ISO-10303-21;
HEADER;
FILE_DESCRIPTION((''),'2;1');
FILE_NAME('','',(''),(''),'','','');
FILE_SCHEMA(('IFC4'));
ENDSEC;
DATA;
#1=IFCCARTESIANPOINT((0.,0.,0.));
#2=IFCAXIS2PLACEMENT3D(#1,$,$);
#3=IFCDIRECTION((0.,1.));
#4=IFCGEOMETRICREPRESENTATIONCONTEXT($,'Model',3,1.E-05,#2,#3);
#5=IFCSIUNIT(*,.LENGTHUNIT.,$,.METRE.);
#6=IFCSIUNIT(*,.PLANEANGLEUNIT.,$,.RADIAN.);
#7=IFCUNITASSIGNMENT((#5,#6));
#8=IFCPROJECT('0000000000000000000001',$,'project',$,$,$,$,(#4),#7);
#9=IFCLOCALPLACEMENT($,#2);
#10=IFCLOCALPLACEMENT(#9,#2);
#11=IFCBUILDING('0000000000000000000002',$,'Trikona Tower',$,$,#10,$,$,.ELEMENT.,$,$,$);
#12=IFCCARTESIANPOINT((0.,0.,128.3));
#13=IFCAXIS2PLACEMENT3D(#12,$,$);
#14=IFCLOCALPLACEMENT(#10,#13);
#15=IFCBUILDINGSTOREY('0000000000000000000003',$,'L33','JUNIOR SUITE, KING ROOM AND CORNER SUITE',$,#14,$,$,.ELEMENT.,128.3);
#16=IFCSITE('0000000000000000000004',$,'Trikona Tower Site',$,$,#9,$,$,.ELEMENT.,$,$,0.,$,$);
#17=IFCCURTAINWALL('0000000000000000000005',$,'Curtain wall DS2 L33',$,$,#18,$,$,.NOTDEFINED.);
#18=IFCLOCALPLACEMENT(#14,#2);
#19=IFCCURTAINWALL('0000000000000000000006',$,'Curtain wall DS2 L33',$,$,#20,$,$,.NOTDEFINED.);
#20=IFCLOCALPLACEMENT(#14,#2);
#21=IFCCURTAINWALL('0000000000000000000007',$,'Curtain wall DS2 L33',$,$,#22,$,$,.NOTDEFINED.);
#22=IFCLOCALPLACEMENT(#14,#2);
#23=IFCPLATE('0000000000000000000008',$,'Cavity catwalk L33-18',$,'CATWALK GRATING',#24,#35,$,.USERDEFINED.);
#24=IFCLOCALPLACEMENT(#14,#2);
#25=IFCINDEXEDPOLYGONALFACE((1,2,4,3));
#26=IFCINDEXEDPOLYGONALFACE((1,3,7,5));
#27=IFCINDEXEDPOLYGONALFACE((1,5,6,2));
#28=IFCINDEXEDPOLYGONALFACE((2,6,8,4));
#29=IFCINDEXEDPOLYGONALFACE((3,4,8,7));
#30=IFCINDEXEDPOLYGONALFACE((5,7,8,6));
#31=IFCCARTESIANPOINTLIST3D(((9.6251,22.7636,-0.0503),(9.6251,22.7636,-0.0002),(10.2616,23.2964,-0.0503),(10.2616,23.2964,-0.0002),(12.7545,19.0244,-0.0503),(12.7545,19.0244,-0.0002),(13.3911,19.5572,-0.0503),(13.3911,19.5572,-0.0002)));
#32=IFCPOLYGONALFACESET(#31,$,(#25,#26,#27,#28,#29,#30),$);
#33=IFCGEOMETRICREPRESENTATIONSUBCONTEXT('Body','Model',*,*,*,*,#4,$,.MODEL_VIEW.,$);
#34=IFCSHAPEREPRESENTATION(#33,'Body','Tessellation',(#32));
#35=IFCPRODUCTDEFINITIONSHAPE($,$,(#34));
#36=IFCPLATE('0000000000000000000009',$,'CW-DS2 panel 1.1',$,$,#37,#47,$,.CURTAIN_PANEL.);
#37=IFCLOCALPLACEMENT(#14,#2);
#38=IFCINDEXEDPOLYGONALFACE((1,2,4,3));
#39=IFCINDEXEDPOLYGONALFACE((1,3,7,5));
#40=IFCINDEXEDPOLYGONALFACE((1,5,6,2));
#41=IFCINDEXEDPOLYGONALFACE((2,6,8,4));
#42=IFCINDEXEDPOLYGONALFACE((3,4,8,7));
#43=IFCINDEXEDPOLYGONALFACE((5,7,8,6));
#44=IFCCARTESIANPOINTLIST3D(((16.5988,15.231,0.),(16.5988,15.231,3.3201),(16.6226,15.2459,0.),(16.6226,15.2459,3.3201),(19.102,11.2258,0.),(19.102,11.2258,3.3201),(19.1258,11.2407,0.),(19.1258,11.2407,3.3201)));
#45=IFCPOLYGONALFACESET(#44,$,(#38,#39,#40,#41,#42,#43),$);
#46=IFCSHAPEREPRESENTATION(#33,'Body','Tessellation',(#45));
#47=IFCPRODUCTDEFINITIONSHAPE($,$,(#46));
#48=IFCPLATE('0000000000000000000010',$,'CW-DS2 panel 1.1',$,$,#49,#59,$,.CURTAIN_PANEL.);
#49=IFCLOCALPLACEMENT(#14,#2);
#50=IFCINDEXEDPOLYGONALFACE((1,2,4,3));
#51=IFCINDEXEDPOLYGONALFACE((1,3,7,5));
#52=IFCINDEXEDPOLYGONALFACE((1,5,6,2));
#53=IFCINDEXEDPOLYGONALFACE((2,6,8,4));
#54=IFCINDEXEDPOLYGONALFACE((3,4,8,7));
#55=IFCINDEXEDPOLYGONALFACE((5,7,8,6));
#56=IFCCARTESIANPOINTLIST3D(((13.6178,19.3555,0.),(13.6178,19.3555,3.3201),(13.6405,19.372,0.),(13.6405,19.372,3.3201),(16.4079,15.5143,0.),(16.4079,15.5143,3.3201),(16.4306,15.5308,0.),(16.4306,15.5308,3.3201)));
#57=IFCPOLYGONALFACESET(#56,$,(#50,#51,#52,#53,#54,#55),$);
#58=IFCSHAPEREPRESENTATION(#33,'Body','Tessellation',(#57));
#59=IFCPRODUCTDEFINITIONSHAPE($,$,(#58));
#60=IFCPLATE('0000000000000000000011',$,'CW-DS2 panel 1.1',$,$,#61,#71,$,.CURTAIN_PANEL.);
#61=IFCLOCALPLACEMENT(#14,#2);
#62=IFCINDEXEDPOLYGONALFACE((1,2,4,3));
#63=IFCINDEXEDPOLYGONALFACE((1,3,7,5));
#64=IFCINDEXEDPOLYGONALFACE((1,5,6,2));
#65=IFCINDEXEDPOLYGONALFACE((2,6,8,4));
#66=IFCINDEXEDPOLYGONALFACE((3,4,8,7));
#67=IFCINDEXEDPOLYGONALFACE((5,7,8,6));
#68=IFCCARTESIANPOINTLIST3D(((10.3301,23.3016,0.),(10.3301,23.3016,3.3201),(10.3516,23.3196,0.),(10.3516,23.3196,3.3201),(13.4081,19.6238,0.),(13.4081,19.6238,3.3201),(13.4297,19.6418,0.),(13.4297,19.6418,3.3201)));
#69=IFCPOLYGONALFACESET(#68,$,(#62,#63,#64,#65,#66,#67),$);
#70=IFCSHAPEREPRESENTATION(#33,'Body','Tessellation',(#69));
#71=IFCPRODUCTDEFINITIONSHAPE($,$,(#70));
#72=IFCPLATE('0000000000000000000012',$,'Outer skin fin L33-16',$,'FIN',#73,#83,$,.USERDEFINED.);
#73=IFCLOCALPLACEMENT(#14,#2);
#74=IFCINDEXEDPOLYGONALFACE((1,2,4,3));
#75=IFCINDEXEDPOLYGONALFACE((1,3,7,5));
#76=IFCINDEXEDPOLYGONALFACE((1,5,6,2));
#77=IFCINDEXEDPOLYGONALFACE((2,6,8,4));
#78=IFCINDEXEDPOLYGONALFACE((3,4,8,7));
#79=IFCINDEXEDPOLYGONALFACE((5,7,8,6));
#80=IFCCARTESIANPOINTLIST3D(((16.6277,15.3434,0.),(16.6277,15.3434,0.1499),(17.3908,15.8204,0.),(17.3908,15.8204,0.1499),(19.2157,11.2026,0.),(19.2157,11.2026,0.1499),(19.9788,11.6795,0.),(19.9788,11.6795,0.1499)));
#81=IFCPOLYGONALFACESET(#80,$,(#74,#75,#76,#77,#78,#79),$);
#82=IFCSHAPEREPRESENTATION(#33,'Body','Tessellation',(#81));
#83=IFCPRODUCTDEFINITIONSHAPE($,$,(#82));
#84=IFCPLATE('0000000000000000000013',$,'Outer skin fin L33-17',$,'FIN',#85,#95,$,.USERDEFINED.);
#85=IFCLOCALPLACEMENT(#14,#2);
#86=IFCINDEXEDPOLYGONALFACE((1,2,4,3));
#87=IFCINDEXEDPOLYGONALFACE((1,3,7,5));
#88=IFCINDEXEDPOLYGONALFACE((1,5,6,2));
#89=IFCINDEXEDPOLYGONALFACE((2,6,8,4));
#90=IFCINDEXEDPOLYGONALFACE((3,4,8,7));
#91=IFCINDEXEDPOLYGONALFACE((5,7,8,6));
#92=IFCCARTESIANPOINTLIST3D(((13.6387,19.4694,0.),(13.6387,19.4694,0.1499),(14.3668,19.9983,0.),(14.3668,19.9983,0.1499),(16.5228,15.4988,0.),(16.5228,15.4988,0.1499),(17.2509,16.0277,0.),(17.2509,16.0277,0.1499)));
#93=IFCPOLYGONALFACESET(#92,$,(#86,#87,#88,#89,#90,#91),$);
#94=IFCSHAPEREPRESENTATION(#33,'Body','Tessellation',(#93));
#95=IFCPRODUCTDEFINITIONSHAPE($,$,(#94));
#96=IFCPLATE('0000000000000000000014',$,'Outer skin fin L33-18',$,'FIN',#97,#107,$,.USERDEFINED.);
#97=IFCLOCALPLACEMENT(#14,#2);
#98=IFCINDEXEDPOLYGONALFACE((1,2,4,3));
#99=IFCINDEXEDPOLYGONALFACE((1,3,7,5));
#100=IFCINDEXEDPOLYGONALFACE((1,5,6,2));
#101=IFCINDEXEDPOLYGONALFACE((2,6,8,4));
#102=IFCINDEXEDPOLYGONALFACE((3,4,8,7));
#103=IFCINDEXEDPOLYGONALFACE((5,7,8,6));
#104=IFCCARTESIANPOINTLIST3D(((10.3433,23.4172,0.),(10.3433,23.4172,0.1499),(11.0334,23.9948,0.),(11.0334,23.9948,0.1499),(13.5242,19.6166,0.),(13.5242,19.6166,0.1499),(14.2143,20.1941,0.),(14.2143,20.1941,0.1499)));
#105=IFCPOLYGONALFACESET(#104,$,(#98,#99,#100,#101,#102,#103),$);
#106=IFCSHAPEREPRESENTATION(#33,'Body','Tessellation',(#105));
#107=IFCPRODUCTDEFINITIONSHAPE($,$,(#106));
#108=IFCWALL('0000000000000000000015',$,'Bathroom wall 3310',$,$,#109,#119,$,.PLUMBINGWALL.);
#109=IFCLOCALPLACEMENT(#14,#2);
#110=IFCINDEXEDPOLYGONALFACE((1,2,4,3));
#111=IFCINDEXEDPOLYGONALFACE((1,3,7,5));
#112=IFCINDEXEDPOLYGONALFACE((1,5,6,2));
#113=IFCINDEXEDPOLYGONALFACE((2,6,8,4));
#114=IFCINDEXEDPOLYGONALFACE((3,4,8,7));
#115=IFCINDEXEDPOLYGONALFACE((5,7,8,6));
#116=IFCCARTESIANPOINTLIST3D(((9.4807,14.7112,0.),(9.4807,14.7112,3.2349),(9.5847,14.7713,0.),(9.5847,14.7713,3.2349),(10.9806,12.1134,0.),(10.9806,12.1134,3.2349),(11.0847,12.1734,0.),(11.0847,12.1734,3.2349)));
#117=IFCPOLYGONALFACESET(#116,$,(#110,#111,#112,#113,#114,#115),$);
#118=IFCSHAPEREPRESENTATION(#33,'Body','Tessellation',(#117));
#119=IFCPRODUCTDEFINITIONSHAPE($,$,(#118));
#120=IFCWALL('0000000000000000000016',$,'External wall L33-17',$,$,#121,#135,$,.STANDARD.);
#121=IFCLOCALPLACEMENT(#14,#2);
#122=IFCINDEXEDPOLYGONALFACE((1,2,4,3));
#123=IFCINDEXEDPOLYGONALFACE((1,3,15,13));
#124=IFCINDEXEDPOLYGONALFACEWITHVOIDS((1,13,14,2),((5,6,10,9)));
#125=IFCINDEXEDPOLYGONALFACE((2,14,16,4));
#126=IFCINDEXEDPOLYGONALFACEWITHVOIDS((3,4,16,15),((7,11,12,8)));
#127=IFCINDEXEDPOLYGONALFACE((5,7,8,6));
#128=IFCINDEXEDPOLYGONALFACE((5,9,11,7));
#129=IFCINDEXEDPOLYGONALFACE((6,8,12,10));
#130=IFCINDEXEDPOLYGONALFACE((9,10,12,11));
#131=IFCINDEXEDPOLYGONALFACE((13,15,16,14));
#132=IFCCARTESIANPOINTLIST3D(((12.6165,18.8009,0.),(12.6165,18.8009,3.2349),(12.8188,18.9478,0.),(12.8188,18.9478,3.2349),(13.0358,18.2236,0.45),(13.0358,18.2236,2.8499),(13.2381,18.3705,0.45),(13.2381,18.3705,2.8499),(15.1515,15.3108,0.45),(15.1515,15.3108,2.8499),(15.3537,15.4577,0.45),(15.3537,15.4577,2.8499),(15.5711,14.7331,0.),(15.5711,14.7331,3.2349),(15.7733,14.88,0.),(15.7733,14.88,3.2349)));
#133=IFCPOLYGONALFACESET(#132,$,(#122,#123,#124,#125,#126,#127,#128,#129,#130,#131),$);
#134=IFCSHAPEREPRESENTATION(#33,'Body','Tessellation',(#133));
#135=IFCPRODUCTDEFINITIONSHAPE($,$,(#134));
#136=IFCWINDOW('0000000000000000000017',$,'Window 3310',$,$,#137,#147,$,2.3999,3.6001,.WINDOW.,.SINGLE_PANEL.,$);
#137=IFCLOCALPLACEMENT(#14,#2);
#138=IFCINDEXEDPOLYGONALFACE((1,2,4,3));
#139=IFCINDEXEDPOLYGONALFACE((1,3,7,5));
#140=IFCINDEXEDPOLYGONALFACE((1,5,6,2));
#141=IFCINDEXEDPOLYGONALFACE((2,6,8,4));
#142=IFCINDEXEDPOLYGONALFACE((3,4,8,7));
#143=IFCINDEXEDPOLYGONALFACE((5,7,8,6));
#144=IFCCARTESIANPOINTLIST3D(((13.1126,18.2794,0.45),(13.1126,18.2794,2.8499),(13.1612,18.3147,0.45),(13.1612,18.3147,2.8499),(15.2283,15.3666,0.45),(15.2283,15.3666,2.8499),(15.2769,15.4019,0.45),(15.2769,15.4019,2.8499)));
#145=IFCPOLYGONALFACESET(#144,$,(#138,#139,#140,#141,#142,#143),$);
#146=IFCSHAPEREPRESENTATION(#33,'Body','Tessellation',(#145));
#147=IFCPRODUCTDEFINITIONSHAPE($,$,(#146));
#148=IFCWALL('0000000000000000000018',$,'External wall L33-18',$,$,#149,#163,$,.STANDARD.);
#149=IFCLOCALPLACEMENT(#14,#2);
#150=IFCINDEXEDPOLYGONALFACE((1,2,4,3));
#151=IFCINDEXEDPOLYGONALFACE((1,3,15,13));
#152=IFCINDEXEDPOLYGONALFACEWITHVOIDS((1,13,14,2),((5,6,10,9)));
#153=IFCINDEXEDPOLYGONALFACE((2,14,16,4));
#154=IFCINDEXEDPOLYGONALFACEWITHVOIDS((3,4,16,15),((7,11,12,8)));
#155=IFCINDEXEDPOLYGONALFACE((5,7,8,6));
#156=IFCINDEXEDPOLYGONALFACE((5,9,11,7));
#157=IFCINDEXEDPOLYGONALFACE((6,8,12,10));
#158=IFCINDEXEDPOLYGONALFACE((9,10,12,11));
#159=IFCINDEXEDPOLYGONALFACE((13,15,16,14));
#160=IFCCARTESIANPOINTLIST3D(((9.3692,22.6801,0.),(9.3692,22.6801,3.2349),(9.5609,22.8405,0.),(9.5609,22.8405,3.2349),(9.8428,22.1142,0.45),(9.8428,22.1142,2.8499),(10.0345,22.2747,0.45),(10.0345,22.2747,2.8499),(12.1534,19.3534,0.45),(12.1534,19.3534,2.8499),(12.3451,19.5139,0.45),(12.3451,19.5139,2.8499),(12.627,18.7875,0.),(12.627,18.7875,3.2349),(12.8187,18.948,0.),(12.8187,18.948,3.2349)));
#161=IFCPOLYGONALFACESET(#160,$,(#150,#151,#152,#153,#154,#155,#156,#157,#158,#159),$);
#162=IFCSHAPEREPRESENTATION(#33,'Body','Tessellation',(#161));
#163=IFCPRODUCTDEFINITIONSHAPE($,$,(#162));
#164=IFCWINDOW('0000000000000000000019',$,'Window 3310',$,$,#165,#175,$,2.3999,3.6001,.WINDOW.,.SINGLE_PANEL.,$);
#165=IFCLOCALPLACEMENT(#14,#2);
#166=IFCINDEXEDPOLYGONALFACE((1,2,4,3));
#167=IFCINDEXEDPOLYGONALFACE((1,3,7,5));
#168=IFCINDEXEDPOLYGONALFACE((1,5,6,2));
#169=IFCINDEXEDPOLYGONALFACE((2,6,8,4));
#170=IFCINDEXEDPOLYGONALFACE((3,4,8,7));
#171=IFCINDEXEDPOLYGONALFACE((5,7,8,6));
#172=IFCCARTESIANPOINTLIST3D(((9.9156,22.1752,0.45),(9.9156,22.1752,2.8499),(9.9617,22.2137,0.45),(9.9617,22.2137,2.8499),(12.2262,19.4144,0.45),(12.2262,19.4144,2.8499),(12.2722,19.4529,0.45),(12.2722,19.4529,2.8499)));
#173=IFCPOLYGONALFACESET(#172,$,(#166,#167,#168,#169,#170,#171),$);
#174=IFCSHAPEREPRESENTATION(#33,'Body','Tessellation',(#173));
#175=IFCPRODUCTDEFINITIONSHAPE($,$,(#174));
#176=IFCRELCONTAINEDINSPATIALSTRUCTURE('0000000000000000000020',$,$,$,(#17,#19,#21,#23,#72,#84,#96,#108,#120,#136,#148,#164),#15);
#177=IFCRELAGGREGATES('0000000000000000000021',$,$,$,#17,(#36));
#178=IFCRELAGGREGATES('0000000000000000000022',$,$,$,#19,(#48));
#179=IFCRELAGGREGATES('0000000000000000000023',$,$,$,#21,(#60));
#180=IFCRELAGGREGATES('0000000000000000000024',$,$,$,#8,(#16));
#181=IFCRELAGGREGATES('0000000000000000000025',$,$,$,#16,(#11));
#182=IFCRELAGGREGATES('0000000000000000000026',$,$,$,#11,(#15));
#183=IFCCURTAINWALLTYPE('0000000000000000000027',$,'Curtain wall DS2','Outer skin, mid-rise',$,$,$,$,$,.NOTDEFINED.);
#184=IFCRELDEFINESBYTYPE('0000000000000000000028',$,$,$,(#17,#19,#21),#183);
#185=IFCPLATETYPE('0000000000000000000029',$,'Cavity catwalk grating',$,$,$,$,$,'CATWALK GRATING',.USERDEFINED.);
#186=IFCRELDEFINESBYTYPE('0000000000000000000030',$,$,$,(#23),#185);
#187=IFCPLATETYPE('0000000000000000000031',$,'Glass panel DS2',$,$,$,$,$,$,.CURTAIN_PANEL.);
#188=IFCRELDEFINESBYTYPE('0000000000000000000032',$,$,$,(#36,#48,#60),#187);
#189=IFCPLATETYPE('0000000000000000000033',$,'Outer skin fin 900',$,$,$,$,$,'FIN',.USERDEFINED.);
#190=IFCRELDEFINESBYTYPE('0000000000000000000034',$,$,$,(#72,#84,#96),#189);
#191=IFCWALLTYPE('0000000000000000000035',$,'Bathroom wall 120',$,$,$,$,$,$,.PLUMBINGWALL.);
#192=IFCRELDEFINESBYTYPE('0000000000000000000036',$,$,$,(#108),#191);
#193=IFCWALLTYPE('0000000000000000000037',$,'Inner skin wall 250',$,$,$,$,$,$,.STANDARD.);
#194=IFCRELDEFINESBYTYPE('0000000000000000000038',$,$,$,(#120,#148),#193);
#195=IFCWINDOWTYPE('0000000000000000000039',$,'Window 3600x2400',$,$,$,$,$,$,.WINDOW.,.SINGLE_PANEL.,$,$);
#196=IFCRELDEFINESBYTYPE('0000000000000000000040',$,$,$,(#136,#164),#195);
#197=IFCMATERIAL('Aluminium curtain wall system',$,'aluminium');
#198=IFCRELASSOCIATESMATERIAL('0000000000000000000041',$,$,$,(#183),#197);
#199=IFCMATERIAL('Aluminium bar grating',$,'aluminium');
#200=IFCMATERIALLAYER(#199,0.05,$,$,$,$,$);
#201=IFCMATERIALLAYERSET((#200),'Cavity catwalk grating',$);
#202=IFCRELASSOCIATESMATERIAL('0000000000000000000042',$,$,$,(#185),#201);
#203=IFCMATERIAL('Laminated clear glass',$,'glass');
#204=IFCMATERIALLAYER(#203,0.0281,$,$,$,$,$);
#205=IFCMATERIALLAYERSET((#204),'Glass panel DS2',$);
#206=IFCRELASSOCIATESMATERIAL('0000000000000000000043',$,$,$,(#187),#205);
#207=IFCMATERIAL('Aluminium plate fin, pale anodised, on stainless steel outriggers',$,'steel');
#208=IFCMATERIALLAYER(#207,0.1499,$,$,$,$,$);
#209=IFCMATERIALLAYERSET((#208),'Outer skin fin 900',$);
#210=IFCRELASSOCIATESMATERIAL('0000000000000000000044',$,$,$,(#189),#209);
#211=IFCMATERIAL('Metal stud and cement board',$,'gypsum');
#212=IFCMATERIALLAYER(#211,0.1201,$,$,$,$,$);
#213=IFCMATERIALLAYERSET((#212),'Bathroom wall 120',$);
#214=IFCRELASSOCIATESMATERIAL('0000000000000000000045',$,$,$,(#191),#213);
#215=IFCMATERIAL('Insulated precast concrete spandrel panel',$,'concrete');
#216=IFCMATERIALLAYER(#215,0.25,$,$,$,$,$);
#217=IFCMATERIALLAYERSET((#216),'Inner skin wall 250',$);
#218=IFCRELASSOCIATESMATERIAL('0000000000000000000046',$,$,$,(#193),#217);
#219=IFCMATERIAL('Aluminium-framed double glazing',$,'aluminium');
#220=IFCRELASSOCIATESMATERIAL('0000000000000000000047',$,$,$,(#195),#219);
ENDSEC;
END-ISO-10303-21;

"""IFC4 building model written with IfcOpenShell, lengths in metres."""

from ifc_helpers import new_model, si_unit, direction, frame, frame_2d, origin, origin_2d, place, context, subcontext, project, spatial, rectangle, extrude, material, layer, layer_set, type_object, element, fill, aggregate, save


model = new_model("IFC4")

# Units and contexts
model_context = context("Model", 3, precision=1e-05, world=origin(), true_north=direction((0.0, 1.0)))
body_context = subcontext(model_context, "Body", "Model", "MODEL_VIEW")
ifc_project = project(units=[si_unit("LENGTHUNIT", "METRE"), si_unit("PLANEANGLEUNIT", "RADIAN")], contexts=[model_context])

# Site, building, storey
site_placement = place(None, origin())
site = spatial("IfcSite", under=ifc_project, at=site_placement, Name="Trikona Tower Site", CompositionType="ELEMENT", RefElevation=0.0)
building_placement = place(site_placement, origin())
building = spatial("IfcBuilding", under=site, at=building_placement, Name="Trikona Tower", CompositionType="ELEMENT")
storey_placement = place(building_placement, frame((0.0, 0.0, 128.3)))
storey = spatial("IfcBuildingStorey", under=building, at=storey_placement, Name="L33", Description="JUNIOR SUITE, KING ROOM AND CORNER SUITE", CompositionType="ELEMENT", Elevation=128.3)

# Curtain walls
ifc_material_1 = material(Name="Aluminium curtain wall system", Category="aluminium")
curtain_wall_type = type_object("IfcCurtainWallType", Name="Curtain wall DS2", Description="Outer skin, mid-rise", PredefinedType="NOTDEFINED", material=ifc_material_1)
curtain_wall_1_placement = place(storey_placement, origin())
curtain_wall_1 = element("IfcCurtainWall", 1, at=curtain_wall_1_placement, inside=storey, type_object=curtain_wall_type, Name="Curtain wall DS2 L33", PredefinedType="NOTDEFINED")
curtain_wall_2_placement = place(storey_placement, origin())
curtain_wall_2 = element("IfcCurtainWall", 2, at=curtain_wall_2_placement, inside=storey, type_object=curtain_wall_type, Name="Curtain wall DS2 L33", PredefinedType="NOTDEFINED")

# Curtain wall
curtain_wall_3_placement = place(storey_placement, origin())
curtain_wall_3 = element("IfcCurtainWall", 3, at=curtain_wall_3_placement, inside=storey, type_object=curtain_wall_type, Name="Curtain wall DS2 L33", PredefinedType="NOTDEFINED")

# Plate
ifc_material_2 = material(Name="Aluminium bar grating", Category="aluminium")
ifc_layer_1 = layer(ifc_material_2, 0.05)
ifc_layer_set_1 = layer_set([ifc_layer_1], Name="Cavity catwalk grating")
plate_type_1 = type_object("IfcPlateType", Name="Cavity catwalk grating", ElementType="CATWALK GRATING", PredefinedType="USERDEFINED", material=ifc_layer_set_1)
plate_1_placement = place(storey_placement, frame((11.5081, 21.1604, -0.0503), z_axis=(0.0, 0.0, 1.0), x_axis=(-0.641807, 0.766866, 0.0)))
element("IfcPlate", 4, at=plate_1_placement, inside=storey, type_object=plate_type_1, Name="Cavity catwalk L33-18", ObjectType="CATWALK GRATING", PredefinedType="USERDEFINED", context=body_context, shape_type="SweptSolid", body=[
    extrude(rectangle(XDim=4.876, YDim=0.8301, at=origin_2d()), origin(), (0.0, 0.0, 1.0), 0.05),
])

# Plates
ifc_material_3 = material(Name="Laminated clear glass", Category="glass")
ifc_layer_2 = layer(ifc_material_3, 0.0281)
ifc_layer_set_2 = layer_set([ifc_layer_2], Name="Glass panel DS2")
plate_type_2 = type_object("IfcPlateType", Name="Glass panel DS2", PredefinedType="CURTAIN_PANEL", material=ifc_layer_set_2)
plate_2_placement = place(storey_placement, frame((17.8623, 13.2358, 0.0), z_axis=(0.0, 0.0, 1.0), x_axis=(-0.529999, 0.847998, 0.0)))
plate_2 = element("IfcPlate", 5, at=plate_2_placement, type_object=plate_type_2, Name="CW-DS2 panel 1.1", PredefinedType="CURTAIN_PANEL", context=body_context, shape_type="SweptSolid", body=[
    extrude(rectangle(XDim=4.7231, YDim=0.0281, at=origin_2d()), origin(), (0.0, 0.0, 1.0), 3.3201),
])
aggregate(curtain_wall_1, [plate_2])
plate_3_placement = place(storey_placement, frame((15.0242, 17.4431, 0.0), z_axis=(0.0, 0.0, 1.0), x_axis=(-0.587691, 0.809086, 0.0)))
plate_3 = element("IfcPlate", 6, at=plate_3_placement, type_object=plate_type_2, Name="CW-DS2 panel 1.1", PredefinedType="CURTAIN_PANEL", context=body_context, shape_type="SweptSolid", body=[
    extrude(rectangle(XDim=4.7476, YDim=0.0281, at=origin_2d()), origin(), (0.0, 0.0, 1.0), 3.3201),
])
aggregate(curtain_wall_2, [plate_3])
plate_4_placement = place(storey_placement, frame((11.8799, 21.4717, 0.0), z_axis=(0.0, 0.0, 1.0), x_axis=(-0.641806, 0.766867, 0.0)))
plate_4 = element("IfcPlate", 7, at=plate_4_placement, type_object=plate_type_2, Name="CW-DS2 panel 1.1", PredefinedType="CURTAIN_PANEL", context=body_context, shape_type="SweptSolid", body=[
    extrude(rectangle(XDim=4.7959, YDim=0.0281, at=origin_2d()), origin(), (0.0, 0.0, 1.0), 3.3201),
])
aggregate(curtain_wall_3, [plate_4])

# Plates
ifc_material_4 = material(Name="Aluminium plate fin, pale anodised, on stainless steel outriggers", Category="steel")
ifc_layer_3 = layer(ifc_material_4, 0.1499)
ifc_layer_set_3 = layer_set([ifc_layer_3], Name="Outer skin fin 900")
plate_type_3 = type_object("IfcPlateType", Name="Outer skin fin 900", ElementType="FIN", PredefinedType="USERDEFINED", material=ifc_layer_set_3)
plate_5_placement = place(storey_placement, frame((18.3032, 13.5115, 0.0), z_axis=(0.0, 0.0, 1.0), x_axis=(-0.529995, 0.848001, 0.0)))
element("IfcPlate", 8, at=plate_5_placement, inside=storey, type_object=plate_type_3, Name="Outer skin fin L33-16", ObjectType="FIN", PredefinedType="USERDEFINED", context=body_context, shape_type="SweptSolid", body=[
    extrude(rectangle(XDim=4.8831, YDim=0.8999, at=origin_2d()), origin(), (0.0, 0.0, 1.0), 0.1499),
])
plate_6_placement = place(storey_placement, frame((15.4448, 17.7485, 0.0), z_axis=(0.0, 0.0, 1.0), x_axis=(-0.587686, 0.809089, 0.0)))
element("IfcPlate", 9, at=plate_6_placement, inside=storey, type_object=plate_type_3, Name="Outer skin fin L33-17", ObjectType="FIN", PredefinedType="USERDEFINED", context=body_context, shape_type="SweptSolid", body=[
    extrude(rectangle(XDim=4.9075, YDim=0.8999, at=origin_2d()), origin(), (0.0, 0.0, 1.0), 0.1499),
])
plate_7_placement = place(storey_placement, frame((12.2788, 21.8057, 0.0), z_axis=(0.0, 0.0, 1.0), x_axis=(-0.641807, 0.766866, 0.0)))
element("IfcPlate", 10, at=plate_7_placement, inside=storey, type_object=plate_type_3, Name="Outer skin fin L33-18", ObjectType="FIN", PredefinedType="USERDEFINED", context=body_context, shape_type="SweptSolid", body=[
    extrude(rectangle(XDim=4.9561, YDim=0.8999, at=origin_2d()), origin(), (0.0, 0.0, 1.0), 0.1499),
])

# Wall
ifc_material_5 = material(Name="Metal stud and cement board", Category="gypsum")
ifc_layer_4 = layer(ifc_material_5, 0.1201)
ifc_layer_set_4 = layer_set([ifc_layer_4], Name="Bathroom wall 120")
wall_type_1 = type_object("IfcWallType", Name="Bathroom wall 120", PredefinedType="PLUMBINGWALL", material=ifc_layer_set_4)
wall_1_placement = place(storey_placement, frame((11.0327, 12.1433, 0.0), z_axis=(0.0, 0.0, 1.0), x_axis=(-0.500025, 0.866011, 0.0)))
element("IfcWall", 11, at=wall_1_placement, inside=storey, type_object=wall_type_1, Name="Bathroom wall 3310", PredefinedType="PLUMBINGWALL", context=body_context, shape_type="SweptSolid", body=[
    extrude(rectangle(XDim=2.9998, YDim=0.1201, at=frame_2d((1.5, 0.0))), origin(), (0.0, 0.0, 1.0), 3.2349),
])

# Walls, openings, windows
ifc_material_6 = material(Name="Insulated precast concrete spandrel panel", Category="concrete")
ifc_layer_5 = layer(ifc_material_6, 0.25)
ifc_layer_set_5 = layer_set([ifc_layer_5], Name="Inner skin wall 250")
wall_type_2 = type_object("IfcWallType", Name="Inner skin wall 250", PredefinedType="STANDARD", material=ifc_layer_set_5)
wall_2_placement = place(storey_placement, frame((15.6721, 14.8066, 0.0), z_axis=(0.0, 0.0, 1.0), x_axis=(-0.587669, 0.809101, 0.0)))
wall_2 = element("IfcWall", 12, at=wall_2_placement, inside=storey, type_object=wall_type_2, Name="External wall L33-17", PredefinedType="STANDARD", context=body_context, shape_type="SweptSolid", body=[
    extrude(rectangle(XDim=5.0276, YDim=0.25, at=frame_2d((2.5137, 0.0))), origin(), (0.0, 0.0, 1.0), 3.2349),
])
opening_1_placement = place(wall_2_placement, frame((0.7139, 0.0, 0.45)))
opening_1 = element("IfcOpeningElement", 13, at=opening_1_placement, cuts=wall_2, PredefinedType="OPENING", context=body_context, shape_type="SweptSolid", body=[
    extrude(rectangle(XDim=3.6001, YDim=2.3999, at=frame_2d((1.8, 1.2))), frame((0.0, 0.135, 0.0), z_axis=(0.0, -1.0, 0.0), x_axis=(1.0, 0.0, 0.0)), (0.0, 0.0, 1.0), 0.27),
])
ifc_material_7 = material(Name="Aluminium-framed double glazing", Category="aluminium")
window_type = type_object("IfcWindowType", Name="Window 3600x2400", PartitioningType="SINGLE_PANEL", PredefinedType="WINDOW", material=ifc_material_7)
window_1_placement = place(opening_1_placement, origin())
window_1 = element("IfcWindow", 14, at=window_1_placement, inside=storey, type_object=window_type, Name="Window 3310", OverallHeight=2.3999, OverallWidth=3.6001, PartitioningType="SINGLE_PANEL", PredefinedType="WINDOW", context=body_context, shape_type="SweptSolid", body=[
    extrude(rectangle(XDim=3.6001, YDim=2.3999, at=frame_2d((1.8, 1.2))), frame((0.0, 0.03, 0.0), z_axis=(0.0, -1.0, 0.0), x_axis=(1.0, 0.0, 0.0)), (0.0, 0.0, 1.0), 0.0601),
])
fill(opening_1, window_1)
wall_3_placement = place(storey_placement, frame((12.7229, 18.8677, 0.0), z_axis=(0.0, 0.0, 1.0), x_axis=(-0.64181, 0.766863, 0.0)))
wall_3 = element("IfcWall", 15, at=wall_3_placement, inside=storey, type_object=wall_type_2, Name="External wall L33-18", PredefinedType="STANDARD", context=body_context, shape_type="SweptSolid", body=[
    extrude(rectangle(XDim=5.0759, YDim=0.25, at=frame_2d((2.5381, 0.0))), origin(), (0.0, 0.0, 1.0), 3.2349),
])
opening_2_placement = place(wall_3_placement, frame((0.738, 0.0, 0.45)))
opening_2 = element("IfcOpeningElement", 16, at=opening_2_placement, cuts=wall_3, PredefinedType="OPENING", context=body_context, shape_type="SweptSolid", body=[
    extrude(rectangle(XDim=3.6001, YDim=2.3999, at=frame_2d((1.8, 1.2))), frame((0.0, 0.135, 0.0), z_axis=(0.0, -1.0, 0.0), x_axis=(1.0, 0.0, 0.0)), (0.0, 0.0, 1.0), 0.27),
])
window_2_placement = place(opening_2_placement, origin())
window_2 = element("IfcWindow", 17, at=window_2_placement, inside=storey, type_object=window_type, Name="Window 3310", OverallHeight=2.3999, OverallWidth=3.6001, PartitioningType="SINGLE_PANEL", PredefinedType="WINDOW", context=body_context, shape_type="SweptSolid", body=[
    extrude(rectangle(XDim=3.6001, YDim=2.3999, at=frame_2d((1.8, 1.2))), frame((0.0, 0.03, 0.0), z_axis=(0.0, -1.0, 0.0), x_axis=(1.0, 0.0, 0.0)), (0.0, 0.0, 1.0), 0.0601),
])
fill(opening_2, window_2)

save(model, "model.ifc")
